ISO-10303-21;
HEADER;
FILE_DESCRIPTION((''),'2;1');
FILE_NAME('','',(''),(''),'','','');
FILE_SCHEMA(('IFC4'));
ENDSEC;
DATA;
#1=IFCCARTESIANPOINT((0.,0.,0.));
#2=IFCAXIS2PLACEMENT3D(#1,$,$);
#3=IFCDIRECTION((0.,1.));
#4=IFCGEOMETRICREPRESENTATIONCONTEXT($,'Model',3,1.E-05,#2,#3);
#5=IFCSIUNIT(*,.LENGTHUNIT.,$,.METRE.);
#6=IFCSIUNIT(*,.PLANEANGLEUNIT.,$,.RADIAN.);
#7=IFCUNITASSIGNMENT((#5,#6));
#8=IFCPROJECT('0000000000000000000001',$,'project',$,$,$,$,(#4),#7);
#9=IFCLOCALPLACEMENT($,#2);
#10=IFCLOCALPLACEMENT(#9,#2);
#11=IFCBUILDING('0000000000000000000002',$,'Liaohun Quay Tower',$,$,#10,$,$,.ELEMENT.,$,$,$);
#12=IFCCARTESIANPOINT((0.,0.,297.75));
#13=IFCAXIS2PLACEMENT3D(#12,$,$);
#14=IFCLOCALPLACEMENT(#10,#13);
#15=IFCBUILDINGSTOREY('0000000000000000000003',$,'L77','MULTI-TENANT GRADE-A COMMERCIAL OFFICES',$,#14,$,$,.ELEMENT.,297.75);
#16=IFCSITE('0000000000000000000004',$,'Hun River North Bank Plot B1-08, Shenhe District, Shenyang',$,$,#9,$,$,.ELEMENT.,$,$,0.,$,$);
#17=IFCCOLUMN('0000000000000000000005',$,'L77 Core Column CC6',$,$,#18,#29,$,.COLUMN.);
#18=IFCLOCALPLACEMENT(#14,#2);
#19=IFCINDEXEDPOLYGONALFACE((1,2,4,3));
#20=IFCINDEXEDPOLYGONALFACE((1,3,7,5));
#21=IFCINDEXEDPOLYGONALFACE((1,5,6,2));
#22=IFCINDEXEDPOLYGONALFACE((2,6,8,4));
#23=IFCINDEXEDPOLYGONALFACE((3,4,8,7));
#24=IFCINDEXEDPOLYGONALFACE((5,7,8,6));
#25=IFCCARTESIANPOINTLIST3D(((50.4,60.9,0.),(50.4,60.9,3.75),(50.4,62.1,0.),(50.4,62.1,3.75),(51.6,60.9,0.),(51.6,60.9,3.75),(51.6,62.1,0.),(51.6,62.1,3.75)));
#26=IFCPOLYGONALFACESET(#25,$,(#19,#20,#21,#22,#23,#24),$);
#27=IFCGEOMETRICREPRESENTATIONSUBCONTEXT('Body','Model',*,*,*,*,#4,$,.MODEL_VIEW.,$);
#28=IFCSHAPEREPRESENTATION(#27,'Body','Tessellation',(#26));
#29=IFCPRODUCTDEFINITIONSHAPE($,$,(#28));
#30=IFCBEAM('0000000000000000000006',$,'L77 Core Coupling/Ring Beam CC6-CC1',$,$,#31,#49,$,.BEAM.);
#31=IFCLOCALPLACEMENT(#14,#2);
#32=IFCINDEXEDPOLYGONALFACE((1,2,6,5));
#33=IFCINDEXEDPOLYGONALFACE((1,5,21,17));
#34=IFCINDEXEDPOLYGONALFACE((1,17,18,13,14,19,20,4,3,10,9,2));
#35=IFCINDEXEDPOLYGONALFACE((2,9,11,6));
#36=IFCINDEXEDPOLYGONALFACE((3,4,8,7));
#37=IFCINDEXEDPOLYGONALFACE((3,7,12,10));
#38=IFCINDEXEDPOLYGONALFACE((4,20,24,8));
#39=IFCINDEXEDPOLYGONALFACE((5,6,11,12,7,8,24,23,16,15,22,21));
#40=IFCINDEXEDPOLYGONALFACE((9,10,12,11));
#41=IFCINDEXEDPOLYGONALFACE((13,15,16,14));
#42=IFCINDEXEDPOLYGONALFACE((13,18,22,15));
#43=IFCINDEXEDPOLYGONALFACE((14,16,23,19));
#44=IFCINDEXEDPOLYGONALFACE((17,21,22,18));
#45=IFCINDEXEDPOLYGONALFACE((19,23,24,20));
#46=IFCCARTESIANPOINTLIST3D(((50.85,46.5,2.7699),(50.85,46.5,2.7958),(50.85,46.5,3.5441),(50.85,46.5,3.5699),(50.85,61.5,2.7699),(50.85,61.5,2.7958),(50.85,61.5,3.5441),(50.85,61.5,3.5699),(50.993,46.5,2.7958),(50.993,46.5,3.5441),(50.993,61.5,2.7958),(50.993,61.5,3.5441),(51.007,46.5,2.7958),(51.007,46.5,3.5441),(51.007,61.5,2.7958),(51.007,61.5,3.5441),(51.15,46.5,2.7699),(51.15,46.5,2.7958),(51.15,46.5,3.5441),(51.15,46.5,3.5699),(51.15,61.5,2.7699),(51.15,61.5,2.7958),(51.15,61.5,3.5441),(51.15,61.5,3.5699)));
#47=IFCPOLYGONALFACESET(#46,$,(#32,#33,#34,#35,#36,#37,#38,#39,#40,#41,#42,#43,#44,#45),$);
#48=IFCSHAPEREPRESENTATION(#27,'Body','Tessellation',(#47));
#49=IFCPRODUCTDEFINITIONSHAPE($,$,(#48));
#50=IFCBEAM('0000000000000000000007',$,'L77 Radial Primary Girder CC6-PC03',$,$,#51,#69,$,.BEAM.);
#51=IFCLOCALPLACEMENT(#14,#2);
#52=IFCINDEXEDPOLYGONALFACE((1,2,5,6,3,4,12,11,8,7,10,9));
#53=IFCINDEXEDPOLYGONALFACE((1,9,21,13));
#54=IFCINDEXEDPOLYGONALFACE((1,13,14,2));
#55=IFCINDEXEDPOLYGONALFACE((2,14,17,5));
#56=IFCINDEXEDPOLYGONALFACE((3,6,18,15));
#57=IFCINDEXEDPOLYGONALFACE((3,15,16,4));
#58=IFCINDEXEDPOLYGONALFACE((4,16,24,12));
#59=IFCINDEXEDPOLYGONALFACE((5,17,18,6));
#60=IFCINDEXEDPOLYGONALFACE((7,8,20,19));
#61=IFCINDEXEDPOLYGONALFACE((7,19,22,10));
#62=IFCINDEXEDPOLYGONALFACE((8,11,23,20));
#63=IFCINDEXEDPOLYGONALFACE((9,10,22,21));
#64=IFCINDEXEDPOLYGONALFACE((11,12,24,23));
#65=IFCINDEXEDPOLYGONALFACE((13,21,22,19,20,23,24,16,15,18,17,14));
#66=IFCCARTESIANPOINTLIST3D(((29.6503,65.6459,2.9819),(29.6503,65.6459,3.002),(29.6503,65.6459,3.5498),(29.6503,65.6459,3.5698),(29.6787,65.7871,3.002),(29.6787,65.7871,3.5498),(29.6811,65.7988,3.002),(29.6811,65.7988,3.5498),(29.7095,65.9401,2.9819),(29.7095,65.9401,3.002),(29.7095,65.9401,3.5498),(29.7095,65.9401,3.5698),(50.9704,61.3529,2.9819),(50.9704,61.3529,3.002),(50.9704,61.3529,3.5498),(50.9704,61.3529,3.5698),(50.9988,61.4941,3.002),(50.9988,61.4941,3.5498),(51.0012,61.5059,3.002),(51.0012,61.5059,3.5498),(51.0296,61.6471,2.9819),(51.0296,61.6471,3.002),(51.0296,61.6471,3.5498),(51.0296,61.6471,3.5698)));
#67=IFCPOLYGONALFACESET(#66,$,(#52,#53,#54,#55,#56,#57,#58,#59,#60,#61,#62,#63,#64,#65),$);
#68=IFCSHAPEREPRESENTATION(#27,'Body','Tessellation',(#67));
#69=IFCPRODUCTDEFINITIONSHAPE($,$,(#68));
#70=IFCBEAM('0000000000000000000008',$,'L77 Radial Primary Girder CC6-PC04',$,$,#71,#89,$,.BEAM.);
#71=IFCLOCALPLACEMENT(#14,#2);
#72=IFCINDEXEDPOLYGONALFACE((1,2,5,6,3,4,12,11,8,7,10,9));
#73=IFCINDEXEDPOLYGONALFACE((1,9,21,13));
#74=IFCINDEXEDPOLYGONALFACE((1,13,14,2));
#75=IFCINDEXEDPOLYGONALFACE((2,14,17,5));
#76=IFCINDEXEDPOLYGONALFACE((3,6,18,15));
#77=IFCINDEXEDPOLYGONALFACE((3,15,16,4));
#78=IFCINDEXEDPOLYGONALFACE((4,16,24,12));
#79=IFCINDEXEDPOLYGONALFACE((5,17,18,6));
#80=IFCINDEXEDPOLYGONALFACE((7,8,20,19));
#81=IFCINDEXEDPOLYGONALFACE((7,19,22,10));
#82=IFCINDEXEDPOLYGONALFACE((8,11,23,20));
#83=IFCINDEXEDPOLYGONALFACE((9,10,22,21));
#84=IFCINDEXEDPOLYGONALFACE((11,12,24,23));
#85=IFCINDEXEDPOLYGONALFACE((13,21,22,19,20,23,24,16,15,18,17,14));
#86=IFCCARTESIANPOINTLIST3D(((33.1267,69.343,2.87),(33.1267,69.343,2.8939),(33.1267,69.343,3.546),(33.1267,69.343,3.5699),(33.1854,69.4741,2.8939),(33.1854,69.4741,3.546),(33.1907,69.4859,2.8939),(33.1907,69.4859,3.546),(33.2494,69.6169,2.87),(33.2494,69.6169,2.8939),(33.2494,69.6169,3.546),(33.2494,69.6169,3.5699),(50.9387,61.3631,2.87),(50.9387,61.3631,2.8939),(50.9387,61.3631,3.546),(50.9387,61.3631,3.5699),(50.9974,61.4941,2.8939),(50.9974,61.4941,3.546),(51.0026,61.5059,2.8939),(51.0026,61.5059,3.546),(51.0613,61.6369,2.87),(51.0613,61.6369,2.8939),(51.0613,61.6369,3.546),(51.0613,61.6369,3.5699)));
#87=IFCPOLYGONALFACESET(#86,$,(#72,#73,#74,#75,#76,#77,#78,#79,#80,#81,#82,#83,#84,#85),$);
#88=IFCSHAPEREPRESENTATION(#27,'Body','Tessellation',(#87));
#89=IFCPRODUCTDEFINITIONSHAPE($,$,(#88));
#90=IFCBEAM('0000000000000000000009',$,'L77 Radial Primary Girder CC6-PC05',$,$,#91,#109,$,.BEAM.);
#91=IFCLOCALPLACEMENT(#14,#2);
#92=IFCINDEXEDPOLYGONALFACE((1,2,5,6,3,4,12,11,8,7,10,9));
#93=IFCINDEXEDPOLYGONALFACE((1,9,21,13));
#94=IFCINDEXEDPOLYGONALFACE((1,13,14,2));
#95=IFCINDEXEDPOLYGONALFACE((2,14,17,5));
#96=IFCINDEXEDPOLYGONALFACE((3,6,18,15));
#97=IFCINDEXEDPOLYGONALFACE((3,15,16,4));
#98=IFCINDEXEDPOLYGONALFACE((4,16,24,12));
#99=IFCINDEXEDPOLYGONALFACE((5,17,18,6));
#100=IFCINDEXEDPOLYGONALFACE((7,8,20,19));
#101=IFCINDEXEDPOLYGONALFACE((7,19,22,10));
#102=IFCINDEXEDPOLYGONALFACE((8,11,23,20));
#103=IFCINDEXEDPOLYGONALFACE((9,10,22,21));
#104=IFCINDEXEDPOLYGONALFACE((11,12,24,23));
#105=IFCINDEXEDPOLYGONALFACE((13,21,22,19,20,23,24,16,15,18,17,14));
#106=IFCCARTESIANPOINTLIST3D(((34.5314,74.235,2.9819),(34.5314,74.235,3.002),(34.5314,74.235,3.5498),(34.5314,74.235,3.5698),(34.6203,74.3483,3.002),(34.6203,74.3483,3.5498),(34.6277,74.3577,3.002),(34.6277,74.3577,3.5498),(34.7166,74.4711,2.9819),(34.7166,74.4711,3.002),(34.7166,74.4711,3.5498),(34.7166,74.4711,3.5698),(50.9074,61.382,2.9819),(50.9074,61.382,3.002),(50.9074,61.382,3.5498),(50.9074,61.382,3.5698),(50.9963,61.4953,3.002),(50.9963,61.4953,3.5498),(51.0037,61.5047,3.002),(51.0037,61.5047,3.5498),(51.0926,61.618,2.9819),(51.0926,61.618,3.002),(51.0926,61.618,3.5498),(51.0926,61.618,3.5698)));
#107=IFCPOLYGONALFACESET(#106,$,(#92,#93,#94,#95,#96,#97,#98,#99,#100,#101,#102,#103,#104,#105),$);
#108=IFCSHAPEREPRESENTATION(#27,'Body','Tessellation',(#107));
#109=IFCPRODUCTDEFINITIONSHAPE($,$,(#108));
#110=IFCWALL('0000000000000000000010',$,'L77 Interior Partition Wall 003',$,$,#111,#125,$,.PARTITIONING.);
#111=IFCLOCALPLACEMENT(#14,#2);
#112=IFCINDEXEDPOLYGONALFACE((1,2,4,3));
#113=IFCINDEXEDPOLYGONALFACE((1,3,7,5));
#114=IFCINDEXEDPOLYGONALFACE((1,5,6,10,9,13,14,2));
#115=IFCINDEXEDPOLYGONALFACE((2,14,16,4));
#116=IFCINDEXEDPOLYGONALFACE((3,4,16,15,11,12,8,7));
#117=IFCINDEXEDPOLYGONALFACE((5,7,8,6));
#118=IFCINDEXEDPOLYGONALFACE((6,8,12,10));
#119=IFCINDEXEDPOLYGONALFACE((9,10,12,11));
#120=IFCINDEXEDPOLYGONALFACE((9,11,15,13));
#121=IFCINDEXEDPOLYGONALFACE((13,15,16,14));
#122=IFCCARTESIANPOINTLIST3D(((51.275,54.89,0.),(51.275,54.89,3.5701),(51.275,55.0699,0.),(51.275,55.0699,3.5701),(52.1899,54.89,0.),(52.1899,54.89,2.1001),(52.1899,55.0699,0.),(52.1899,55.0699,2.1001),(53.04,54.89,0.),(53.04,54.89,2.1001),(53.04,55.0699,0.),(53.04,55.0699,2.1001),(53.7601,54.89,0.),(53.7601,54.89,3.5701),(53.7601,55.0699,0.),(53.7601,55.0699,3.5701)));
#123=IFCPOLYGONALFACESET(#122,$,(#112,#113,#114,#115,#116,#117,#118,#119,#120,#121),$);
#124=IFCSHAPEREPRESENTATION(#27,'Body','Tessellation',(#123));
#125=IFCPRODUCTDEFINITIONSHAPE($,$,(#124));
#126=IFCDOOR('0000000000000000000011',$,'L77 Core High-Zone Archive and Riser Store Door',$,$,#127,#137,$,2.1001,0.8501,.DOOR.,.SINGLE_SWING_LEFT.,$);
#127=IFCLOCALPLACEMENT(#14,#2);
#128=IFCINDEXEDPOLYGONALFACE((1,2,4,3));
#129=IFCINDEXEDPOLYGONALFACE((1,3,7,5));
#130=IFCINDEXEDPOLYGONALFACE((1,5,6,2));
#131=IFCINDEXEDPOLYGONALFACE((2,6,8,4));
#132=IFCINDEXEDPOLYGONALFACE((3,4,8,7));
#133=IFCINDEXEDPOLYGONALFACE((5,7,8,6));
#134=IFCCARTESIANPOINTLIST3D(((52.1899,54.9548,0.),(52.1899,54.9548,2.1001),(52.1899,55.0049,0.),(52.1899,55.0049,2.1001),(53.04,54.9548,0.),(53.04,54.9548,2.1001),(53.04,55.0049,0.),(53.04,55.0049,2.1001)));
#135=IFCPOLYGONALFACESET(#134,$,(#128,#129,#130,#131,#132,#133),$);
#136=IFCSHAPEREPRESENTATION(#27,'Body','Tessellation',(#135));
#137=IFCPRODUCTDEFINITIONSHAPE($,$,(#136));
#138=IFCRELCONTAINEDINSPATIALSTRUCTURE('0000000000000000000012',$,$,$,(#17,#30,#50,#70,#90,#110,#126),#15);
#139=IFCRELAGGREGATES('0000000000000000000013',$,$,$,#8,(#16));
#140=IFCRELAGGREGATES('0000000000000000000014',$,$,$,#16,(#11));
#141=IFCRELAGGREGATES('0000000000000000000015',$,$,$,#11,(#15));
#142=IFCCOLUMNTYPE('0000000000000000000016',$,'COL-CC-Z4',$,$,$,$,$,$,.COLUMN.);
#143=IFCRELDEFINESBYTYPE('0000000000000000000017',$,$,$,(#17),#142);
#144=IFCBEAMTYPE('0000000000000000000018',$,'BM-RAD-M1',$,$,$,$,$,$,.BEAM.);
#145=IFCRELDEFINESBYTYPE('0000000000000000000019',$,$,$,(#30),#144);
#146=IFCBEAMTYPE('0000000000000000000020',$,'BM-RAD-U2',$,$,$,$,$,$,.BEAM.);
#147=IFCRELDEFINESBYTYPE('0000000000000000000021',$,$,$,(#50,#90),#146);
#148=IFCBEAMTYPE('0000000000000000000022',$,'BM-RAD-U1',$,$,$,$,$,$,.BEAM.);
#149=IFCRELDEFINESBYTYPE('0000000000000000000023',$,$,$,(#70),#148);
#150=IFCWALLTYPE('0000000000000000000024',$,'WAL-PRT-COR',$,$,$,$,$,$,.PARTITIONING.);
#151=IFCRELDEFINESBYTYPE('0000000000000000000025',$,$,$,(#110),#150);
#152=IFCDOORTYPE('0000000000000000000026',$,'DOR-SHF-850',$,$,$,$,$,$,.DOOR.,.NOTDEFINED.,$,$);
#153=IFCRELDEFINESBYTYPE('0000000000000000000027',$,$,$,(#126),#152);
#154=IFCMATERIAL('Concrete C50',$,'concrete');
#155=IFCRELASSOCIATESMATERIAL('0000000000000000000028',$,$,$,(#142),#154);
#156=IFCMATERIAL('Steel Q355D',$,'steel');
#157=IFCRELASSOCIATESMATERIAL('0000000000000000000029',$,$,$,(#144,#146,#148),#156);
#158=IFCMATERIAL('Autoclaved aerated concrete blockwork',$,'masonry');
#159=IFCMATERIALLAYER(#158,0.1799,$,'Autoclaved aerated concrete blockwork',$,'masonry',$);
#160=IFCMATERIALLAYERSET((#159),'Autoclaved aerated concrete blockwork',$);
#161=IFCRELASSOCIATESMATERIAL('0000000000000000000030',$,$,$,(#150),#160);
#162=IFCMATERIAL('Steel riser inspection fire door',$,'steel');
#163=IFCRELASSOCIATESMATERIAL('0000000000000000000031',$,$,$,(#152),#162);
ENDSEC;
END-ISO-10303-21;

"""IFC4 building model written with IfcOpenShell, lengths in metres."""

from ifc_helpers import new_model, si_unit, direction, frame, frame_2d, origin, origin_2d, place, context, subcontext, project, spatial, rectangle, i_section, extrude, source, transform, mapped, material, layer, layer_set, material_profile, profile_set, type_object, element, fill, save


model = new_model("IFC4")

# Units and contexts
model_context = context("Model", 3, precision=1e-05, world=origin(), true_north=direction((0.0, 1.0)))
body_context = subcontext(model_context, "Body", "Model", "MODEL_VIEW")
ifc_project = project(units=[si_unit("LENGTHUNIT", "METRE"), si_unit("PLANEANGLEUNIT", "RADIAN")], contexts=[model_context])

# Site, building, storey
site_placement = place(None, origin())
site = spatial("IfcSite", under=ifc_project, at=site_placement, Name="Hun River North Bank Plot B1-08, Shenhe District, Shenyang", CompositionType="ELEMENT", RefElevation=0.0)
building_placement = place(site_placement, origin())
building = spatial("IfcBuilding", under=site, at=building_placement, Name="Liaohun Quay Tower", CompositionType="ELEMENT")
storey_placement = place(building_placement, frame((0.0, 0.0, 297.75)))
storey = spatial("IfcBuildingStorey", under=building, at=storey_placement, Name="L77", Description="MULTI-TENANT GRADE-A COMMERCIAL OFFICES", CompositionType="ELEMENT", Elevation=297.75)

# Column
ifc_material_1 = material(Name="Concrete C50", Category="concrete")
ifc_material_profile_1 = material_profile(ifc_material_1, rectangle(XDim=1.2, YDim=1.2, at=origin_2d()), Name="RC1200x1200")
ifc_profile_set_1 = profile_set([ifc_material_profile_1], Name="Concrete C50")
column_type = type_object("IfcColumnType", Name="COL-CC-Z4", PredefinedType="COLUMN", material=ifc_profile_set_1)
shared_shape_1 = source(origin(), body_context, "Body", "SweptSolid", [
    extrude(rectangle(XDim=1.2, YDim=1.2, at=origin_2d()), origin(), (0.0, 0.0, 1.0), 3.75),
])
column_placement = place(storey_placement, frame((51.0, 61.5, 0.0), z_axis=(0.0, 0.0, 1.0), x_axis=(1.0, 0.0, 0.0)))
element("IfcColumn", 1, at=column_placement, inside=storey, type_object=column_type, Name="L77 Core Column CC6", PredefinedType="COLUMN", context=body_context, shape_type="MappedRepresentation", body=[
    mapped(shared_shape_1, transform((0.0, 0.0, 0.0), x_axis=(1.0, 0.0, 0.0), y_axis=(0.0, 1.0, 0.0), z_axis=(0.0, 0.0, 1.0), scale=1.0)),
])

# Beams
ifc_material_2 = material(Name="Steel Q355D", Category="steel")
ifc_material_profile_2 = material_profile(ifc_material_2, i_section(OverallWidth=0.3, OverallDepth=0.8, WebThickness=0.0139, FlangeThickness=0.0259, at=origin_2d()), Name="HN800x300x14x26")
ifc_profile_set_2 = profile_set([ifc_material_profile_2], Name="Steel Q355D")
beam_type_1 = type_object("IfcBeamType", Name="BM-RAD-M1", PredefinedType="BEAM", material=ifc_profile_set_2)
shared_shape_2 = source(origin(), body_context, "Body", "SweptSolid", [
    extrude(i_section(OverallWidth=0.3, OverallDepth=0.8, WebThickness=0.0139, FlangeThickness=0.0259, at=origin_2d()), origin(), (0.0, 0.0, 1.0), 15.0),
])
beam_1_placement = place(storey_placement, frame((51.0, 61.5, 3.1699), z_axis=(0.0, -1.0, 0.0), x_axis=(1.0, 0.0, 0.0)))
element("IfcBeam", 2, at=beam_1_placement, inside=storey, type_object=beam_type_1, Name="L77 Core Coupling/Ring Beam CC6-CC1", PredefinedType="BEAM", context=body_context, shape_type="MappedRepresentation", body=[
    mapped(shared_shape_2, transform((0.0, 0.0, 0.0), x_axis=(1.0, 0.0, 0.0), y_axis=(0.0, 1.0, 0.0), z_axis=(0.0, 0.0, 1.0), scale=1.0)),
])
ifc_material_profile_3 = material_profile(ifc_material_2, i_section(OverallWidth=0.3, OverallDepth=0.5879, WebThickness=0.012, FlangeThickness=0.02, at=origin_2d()), Name="HM588x300x12x20")
ifc_profile_set_3 = profile_set([ifc_material_profile_3], Name="Steel Q355D")
beam_type_2 = type_object("IfcBeamType", Name="BM-RAD-U2", PredefinedType="BEAM", material=ifc_profile_set_3)
shared_shape_3 = source(origin(), body_context, "Body", "SweptSolid", [
    extrude(i_section(OverallWidth=0.3, OverallDepth=0.5879, WebThickness=0.012, FlangeThickness=0.02, at=origin_2d()), origin(), (0.0, 0.0, 1.0), 21.748),
])
beam_2_placement = place(storey_placement, frame((51.0, 61.5, 3.2759), z_axis=(-0.980324, 0.197396, 0.0), x_axis=(-0.197396, -0.980324, 0.0)))
element("IfcBeam", 3, at=beam_2_placement, inside=storey, type_object=beam_type_2, Name="L77 Radial Primary Girder CC6-PC03", PredefinedType="BEAM", context=body_context, shape_type="MappedRepresentation", body=[
    mapped(shared_shape_3, transform((0.0, 0.0, 0.0), x_axis=(1.0, 0.0, 0.0), y_axis=(0.0, 1.0, 0.0), z_axis=(0.0, 0.0, 1.0), scale=1.0)),
])
ifc_material_profile_4 = material_profile(ifc_material_2, i_section(OverallWidth=0.3, OverallDepth=0.7, WebThickness=0.0129, FlangeThickness=0.0239, at=origin_2d()), Name="HN700x300x13x24")
ifc_profile_set_4 = profile_set([ifc_material_profile_4], Name="Steel Q355D")
beam_type_3 = type_object("IfcBeamType", Name="BM-RAD-U1", PredefinedType="BEAM", material=ifc_profile_set_4)
shared_shape_4 = source(origin(), body_context, "Body", "SweptSolid", [
    extrude(i_section(OverallWidth=0.3, OverallDepth=0.7, WebThickness=0.0129, FlangeThickness=0.0239, at=origin_2d()), origin(), (0.0, 0.0, 1.0), 19.5178),
])
beam_3_placement = place(storey_placement, frame((51.0, 61.5, 3.22), z_axis=(-0.912599, 0.408855, 0.0), x_axis=(-0.408855, -0.912599, 0.0)))
element("IfcBeam", 4, at=beam_3_placement, inside=storey, type_object=beam_type_3, Name="L77 Radial Primary Girder CC6-PC04", PredefinedType="BEAM", context=body_context, shape_type="MappedRepresentation", body=[
    mapped(shared_shape_4, transform((0.0, 0.0, 0.0), x_axis=(1.0, 0.0, 0.0), y_axis=(0.0, 1.0, 0.0), z_axis=(0.0, 0.0, 1.0), scale=1.0)),
])
shared_shape_5 = source(origin(), body_context, "Body", "SweptSolid", [
    extrude(i_section(OverallWidth=0.3, OverallDepth=0.5879, WebThickness=0.012, FlangeThickness=0.02, at=origin_2d()), origin(), (0.0, 0.0, 1.0), 20.8176),
])
beam_4_placement = place(storey_placement, frame((51.0, 61.5, 3.2759), z_axis=(-0.786641, 0.617411, 0.0), x_axis=(-0.617411, -0.786641, 0.0)))
element("IfcBeam", 5, at=beam_4_placement, inside=storey, type_object=beam_type_2, Name="L77 Radial Primary Girder CC6-PC05", PredefinedType="BEAM", context=body_context, shape_type="MappedRepresentation", body=[
    mapped(shared_shape_5, transform((0.0, 0.0, 0.0), x_axis=(1.0, 0.0, 0.0), y_axis=(0.0, 1.0, 0.0), z_axis=(0.0, 0.0, 1.0), scale=1.0)),
])

# Wall, opening, door
ifc_material_3 = material(Name="Autoclaved aerated concrete blockwork", Category="masonry")
ifc_layer_1 = layer(ifc_material_3, 0.1799, Name="Autoclaved aerated concrete blockwork", Category="masonry")
ifc_layer_set_1 = layer_set([ifc_layer_1], Name="Autoclaved aerated concrete blockwork")
wall_type_1 = type_object("IfcWallType", Name="WAL-PRT-COR", PredefinedType="PARTITIONING", material=ifc_layer_set_1)
wall_1_placement = place(storey_placement, frame((51.2749, 54.98, 0.0), z_axis=(0.0, 0.0, 1.0), x_axis=(1.0, 0.0, 0.0)))
wall_1 = element("IfcWall", 6, at=wall_1_placement, inside=storey, type_object=wall_type_1, Name="L77 Interior Partition Wall 003", PredefinedType="PARTITIONING", context=body_context, shape_type="SweptSolid", body=[
    extrude(rectangle(XDim=2.4851, YDim=0.1799, at=frame_2d((1.2427, 0.0))), origin(), (0.0, 0.0, 1.0), 3.5701),
])
shared_shape_6 = source(origin(), body_context, "Body", "SweptSolid", [
    extrude(rectangle(XDim=0.8501, YDim=2.1001, at=frame_2d((0.425, 1.05))), frame((0.0, 0.0999, 0.0), z_axis=(0.0, -1.0, 0.0), x_axis=(1.0, 0.0, 0.0)), (0.0, 0.0, 1.0), 0.2),
])
opening_1_placement = place(wall_1_placement, frame((0.915, 0.0, 0.0)))
opening_1 = element("IfcOpeningElement", 7, at=opening_1_placement, cuts=wall_1, PredefinedType="OPENING", context=body_context, shape_type="MappedRepresentation", body=[
    mapped(shared_shape_6, transform((0.0, 0.0, 0.0), x_axis=(1.0, 0.0, 0.0), y_axis=(0.0, 1.0, 0.0), z_axis=(0.0, 0.0, 1.0), scale=1.0)),
])
ifc_material_4 = material(Name="Steel riser inspection fire door", Category="steel")
door_type_1 = type_object("IfcDoorType", Name="DOR-SHF-850", OperationType="NOTDEFINED", PredefinedType="DOOR", material=ifc_material_4)
shared_shape_7 = source(origin(), body_context, "Body", "SweptSolid", [
    extrude(rectangle(XDim=0.8501, YDim=2.1001, at=frame_2d((0.425, 1.05))), frame((0.0, 0.0249, 0.0), z_axis=(0.0, -1.0, 0.0), x_axis=(1.0, 0.0, 0.0)), (0.0, 0.0, 1.0), 0.05),
])
door_1_placement = place(opening_1_placement, origin())
door_1 = element("IfcDoor", 8, at=door_1_placement, inside=storey, type_object=door_type_1, Name="L77 Core High-Zone Archive and Riser Store Door", OperationType="SINGLE_SWING_LEFT", OverallHeight=2.1001, OverallWidth=0.8501, PredefinedType="DOOR", context=body_context, shape_type="MappedRepresentation", body=[
    mapped(shared_shape_7, transform((0.0, 0.0, 0.0), x_axis=(1.0, 0.0, 0.0), y_axis=(0.0, 1.0, 0.0), z_axis=(0.0, 0.0, 1.0), scale=1.0)),
])
fill(opening_1, door_1)

save(model, "model.ifc")
